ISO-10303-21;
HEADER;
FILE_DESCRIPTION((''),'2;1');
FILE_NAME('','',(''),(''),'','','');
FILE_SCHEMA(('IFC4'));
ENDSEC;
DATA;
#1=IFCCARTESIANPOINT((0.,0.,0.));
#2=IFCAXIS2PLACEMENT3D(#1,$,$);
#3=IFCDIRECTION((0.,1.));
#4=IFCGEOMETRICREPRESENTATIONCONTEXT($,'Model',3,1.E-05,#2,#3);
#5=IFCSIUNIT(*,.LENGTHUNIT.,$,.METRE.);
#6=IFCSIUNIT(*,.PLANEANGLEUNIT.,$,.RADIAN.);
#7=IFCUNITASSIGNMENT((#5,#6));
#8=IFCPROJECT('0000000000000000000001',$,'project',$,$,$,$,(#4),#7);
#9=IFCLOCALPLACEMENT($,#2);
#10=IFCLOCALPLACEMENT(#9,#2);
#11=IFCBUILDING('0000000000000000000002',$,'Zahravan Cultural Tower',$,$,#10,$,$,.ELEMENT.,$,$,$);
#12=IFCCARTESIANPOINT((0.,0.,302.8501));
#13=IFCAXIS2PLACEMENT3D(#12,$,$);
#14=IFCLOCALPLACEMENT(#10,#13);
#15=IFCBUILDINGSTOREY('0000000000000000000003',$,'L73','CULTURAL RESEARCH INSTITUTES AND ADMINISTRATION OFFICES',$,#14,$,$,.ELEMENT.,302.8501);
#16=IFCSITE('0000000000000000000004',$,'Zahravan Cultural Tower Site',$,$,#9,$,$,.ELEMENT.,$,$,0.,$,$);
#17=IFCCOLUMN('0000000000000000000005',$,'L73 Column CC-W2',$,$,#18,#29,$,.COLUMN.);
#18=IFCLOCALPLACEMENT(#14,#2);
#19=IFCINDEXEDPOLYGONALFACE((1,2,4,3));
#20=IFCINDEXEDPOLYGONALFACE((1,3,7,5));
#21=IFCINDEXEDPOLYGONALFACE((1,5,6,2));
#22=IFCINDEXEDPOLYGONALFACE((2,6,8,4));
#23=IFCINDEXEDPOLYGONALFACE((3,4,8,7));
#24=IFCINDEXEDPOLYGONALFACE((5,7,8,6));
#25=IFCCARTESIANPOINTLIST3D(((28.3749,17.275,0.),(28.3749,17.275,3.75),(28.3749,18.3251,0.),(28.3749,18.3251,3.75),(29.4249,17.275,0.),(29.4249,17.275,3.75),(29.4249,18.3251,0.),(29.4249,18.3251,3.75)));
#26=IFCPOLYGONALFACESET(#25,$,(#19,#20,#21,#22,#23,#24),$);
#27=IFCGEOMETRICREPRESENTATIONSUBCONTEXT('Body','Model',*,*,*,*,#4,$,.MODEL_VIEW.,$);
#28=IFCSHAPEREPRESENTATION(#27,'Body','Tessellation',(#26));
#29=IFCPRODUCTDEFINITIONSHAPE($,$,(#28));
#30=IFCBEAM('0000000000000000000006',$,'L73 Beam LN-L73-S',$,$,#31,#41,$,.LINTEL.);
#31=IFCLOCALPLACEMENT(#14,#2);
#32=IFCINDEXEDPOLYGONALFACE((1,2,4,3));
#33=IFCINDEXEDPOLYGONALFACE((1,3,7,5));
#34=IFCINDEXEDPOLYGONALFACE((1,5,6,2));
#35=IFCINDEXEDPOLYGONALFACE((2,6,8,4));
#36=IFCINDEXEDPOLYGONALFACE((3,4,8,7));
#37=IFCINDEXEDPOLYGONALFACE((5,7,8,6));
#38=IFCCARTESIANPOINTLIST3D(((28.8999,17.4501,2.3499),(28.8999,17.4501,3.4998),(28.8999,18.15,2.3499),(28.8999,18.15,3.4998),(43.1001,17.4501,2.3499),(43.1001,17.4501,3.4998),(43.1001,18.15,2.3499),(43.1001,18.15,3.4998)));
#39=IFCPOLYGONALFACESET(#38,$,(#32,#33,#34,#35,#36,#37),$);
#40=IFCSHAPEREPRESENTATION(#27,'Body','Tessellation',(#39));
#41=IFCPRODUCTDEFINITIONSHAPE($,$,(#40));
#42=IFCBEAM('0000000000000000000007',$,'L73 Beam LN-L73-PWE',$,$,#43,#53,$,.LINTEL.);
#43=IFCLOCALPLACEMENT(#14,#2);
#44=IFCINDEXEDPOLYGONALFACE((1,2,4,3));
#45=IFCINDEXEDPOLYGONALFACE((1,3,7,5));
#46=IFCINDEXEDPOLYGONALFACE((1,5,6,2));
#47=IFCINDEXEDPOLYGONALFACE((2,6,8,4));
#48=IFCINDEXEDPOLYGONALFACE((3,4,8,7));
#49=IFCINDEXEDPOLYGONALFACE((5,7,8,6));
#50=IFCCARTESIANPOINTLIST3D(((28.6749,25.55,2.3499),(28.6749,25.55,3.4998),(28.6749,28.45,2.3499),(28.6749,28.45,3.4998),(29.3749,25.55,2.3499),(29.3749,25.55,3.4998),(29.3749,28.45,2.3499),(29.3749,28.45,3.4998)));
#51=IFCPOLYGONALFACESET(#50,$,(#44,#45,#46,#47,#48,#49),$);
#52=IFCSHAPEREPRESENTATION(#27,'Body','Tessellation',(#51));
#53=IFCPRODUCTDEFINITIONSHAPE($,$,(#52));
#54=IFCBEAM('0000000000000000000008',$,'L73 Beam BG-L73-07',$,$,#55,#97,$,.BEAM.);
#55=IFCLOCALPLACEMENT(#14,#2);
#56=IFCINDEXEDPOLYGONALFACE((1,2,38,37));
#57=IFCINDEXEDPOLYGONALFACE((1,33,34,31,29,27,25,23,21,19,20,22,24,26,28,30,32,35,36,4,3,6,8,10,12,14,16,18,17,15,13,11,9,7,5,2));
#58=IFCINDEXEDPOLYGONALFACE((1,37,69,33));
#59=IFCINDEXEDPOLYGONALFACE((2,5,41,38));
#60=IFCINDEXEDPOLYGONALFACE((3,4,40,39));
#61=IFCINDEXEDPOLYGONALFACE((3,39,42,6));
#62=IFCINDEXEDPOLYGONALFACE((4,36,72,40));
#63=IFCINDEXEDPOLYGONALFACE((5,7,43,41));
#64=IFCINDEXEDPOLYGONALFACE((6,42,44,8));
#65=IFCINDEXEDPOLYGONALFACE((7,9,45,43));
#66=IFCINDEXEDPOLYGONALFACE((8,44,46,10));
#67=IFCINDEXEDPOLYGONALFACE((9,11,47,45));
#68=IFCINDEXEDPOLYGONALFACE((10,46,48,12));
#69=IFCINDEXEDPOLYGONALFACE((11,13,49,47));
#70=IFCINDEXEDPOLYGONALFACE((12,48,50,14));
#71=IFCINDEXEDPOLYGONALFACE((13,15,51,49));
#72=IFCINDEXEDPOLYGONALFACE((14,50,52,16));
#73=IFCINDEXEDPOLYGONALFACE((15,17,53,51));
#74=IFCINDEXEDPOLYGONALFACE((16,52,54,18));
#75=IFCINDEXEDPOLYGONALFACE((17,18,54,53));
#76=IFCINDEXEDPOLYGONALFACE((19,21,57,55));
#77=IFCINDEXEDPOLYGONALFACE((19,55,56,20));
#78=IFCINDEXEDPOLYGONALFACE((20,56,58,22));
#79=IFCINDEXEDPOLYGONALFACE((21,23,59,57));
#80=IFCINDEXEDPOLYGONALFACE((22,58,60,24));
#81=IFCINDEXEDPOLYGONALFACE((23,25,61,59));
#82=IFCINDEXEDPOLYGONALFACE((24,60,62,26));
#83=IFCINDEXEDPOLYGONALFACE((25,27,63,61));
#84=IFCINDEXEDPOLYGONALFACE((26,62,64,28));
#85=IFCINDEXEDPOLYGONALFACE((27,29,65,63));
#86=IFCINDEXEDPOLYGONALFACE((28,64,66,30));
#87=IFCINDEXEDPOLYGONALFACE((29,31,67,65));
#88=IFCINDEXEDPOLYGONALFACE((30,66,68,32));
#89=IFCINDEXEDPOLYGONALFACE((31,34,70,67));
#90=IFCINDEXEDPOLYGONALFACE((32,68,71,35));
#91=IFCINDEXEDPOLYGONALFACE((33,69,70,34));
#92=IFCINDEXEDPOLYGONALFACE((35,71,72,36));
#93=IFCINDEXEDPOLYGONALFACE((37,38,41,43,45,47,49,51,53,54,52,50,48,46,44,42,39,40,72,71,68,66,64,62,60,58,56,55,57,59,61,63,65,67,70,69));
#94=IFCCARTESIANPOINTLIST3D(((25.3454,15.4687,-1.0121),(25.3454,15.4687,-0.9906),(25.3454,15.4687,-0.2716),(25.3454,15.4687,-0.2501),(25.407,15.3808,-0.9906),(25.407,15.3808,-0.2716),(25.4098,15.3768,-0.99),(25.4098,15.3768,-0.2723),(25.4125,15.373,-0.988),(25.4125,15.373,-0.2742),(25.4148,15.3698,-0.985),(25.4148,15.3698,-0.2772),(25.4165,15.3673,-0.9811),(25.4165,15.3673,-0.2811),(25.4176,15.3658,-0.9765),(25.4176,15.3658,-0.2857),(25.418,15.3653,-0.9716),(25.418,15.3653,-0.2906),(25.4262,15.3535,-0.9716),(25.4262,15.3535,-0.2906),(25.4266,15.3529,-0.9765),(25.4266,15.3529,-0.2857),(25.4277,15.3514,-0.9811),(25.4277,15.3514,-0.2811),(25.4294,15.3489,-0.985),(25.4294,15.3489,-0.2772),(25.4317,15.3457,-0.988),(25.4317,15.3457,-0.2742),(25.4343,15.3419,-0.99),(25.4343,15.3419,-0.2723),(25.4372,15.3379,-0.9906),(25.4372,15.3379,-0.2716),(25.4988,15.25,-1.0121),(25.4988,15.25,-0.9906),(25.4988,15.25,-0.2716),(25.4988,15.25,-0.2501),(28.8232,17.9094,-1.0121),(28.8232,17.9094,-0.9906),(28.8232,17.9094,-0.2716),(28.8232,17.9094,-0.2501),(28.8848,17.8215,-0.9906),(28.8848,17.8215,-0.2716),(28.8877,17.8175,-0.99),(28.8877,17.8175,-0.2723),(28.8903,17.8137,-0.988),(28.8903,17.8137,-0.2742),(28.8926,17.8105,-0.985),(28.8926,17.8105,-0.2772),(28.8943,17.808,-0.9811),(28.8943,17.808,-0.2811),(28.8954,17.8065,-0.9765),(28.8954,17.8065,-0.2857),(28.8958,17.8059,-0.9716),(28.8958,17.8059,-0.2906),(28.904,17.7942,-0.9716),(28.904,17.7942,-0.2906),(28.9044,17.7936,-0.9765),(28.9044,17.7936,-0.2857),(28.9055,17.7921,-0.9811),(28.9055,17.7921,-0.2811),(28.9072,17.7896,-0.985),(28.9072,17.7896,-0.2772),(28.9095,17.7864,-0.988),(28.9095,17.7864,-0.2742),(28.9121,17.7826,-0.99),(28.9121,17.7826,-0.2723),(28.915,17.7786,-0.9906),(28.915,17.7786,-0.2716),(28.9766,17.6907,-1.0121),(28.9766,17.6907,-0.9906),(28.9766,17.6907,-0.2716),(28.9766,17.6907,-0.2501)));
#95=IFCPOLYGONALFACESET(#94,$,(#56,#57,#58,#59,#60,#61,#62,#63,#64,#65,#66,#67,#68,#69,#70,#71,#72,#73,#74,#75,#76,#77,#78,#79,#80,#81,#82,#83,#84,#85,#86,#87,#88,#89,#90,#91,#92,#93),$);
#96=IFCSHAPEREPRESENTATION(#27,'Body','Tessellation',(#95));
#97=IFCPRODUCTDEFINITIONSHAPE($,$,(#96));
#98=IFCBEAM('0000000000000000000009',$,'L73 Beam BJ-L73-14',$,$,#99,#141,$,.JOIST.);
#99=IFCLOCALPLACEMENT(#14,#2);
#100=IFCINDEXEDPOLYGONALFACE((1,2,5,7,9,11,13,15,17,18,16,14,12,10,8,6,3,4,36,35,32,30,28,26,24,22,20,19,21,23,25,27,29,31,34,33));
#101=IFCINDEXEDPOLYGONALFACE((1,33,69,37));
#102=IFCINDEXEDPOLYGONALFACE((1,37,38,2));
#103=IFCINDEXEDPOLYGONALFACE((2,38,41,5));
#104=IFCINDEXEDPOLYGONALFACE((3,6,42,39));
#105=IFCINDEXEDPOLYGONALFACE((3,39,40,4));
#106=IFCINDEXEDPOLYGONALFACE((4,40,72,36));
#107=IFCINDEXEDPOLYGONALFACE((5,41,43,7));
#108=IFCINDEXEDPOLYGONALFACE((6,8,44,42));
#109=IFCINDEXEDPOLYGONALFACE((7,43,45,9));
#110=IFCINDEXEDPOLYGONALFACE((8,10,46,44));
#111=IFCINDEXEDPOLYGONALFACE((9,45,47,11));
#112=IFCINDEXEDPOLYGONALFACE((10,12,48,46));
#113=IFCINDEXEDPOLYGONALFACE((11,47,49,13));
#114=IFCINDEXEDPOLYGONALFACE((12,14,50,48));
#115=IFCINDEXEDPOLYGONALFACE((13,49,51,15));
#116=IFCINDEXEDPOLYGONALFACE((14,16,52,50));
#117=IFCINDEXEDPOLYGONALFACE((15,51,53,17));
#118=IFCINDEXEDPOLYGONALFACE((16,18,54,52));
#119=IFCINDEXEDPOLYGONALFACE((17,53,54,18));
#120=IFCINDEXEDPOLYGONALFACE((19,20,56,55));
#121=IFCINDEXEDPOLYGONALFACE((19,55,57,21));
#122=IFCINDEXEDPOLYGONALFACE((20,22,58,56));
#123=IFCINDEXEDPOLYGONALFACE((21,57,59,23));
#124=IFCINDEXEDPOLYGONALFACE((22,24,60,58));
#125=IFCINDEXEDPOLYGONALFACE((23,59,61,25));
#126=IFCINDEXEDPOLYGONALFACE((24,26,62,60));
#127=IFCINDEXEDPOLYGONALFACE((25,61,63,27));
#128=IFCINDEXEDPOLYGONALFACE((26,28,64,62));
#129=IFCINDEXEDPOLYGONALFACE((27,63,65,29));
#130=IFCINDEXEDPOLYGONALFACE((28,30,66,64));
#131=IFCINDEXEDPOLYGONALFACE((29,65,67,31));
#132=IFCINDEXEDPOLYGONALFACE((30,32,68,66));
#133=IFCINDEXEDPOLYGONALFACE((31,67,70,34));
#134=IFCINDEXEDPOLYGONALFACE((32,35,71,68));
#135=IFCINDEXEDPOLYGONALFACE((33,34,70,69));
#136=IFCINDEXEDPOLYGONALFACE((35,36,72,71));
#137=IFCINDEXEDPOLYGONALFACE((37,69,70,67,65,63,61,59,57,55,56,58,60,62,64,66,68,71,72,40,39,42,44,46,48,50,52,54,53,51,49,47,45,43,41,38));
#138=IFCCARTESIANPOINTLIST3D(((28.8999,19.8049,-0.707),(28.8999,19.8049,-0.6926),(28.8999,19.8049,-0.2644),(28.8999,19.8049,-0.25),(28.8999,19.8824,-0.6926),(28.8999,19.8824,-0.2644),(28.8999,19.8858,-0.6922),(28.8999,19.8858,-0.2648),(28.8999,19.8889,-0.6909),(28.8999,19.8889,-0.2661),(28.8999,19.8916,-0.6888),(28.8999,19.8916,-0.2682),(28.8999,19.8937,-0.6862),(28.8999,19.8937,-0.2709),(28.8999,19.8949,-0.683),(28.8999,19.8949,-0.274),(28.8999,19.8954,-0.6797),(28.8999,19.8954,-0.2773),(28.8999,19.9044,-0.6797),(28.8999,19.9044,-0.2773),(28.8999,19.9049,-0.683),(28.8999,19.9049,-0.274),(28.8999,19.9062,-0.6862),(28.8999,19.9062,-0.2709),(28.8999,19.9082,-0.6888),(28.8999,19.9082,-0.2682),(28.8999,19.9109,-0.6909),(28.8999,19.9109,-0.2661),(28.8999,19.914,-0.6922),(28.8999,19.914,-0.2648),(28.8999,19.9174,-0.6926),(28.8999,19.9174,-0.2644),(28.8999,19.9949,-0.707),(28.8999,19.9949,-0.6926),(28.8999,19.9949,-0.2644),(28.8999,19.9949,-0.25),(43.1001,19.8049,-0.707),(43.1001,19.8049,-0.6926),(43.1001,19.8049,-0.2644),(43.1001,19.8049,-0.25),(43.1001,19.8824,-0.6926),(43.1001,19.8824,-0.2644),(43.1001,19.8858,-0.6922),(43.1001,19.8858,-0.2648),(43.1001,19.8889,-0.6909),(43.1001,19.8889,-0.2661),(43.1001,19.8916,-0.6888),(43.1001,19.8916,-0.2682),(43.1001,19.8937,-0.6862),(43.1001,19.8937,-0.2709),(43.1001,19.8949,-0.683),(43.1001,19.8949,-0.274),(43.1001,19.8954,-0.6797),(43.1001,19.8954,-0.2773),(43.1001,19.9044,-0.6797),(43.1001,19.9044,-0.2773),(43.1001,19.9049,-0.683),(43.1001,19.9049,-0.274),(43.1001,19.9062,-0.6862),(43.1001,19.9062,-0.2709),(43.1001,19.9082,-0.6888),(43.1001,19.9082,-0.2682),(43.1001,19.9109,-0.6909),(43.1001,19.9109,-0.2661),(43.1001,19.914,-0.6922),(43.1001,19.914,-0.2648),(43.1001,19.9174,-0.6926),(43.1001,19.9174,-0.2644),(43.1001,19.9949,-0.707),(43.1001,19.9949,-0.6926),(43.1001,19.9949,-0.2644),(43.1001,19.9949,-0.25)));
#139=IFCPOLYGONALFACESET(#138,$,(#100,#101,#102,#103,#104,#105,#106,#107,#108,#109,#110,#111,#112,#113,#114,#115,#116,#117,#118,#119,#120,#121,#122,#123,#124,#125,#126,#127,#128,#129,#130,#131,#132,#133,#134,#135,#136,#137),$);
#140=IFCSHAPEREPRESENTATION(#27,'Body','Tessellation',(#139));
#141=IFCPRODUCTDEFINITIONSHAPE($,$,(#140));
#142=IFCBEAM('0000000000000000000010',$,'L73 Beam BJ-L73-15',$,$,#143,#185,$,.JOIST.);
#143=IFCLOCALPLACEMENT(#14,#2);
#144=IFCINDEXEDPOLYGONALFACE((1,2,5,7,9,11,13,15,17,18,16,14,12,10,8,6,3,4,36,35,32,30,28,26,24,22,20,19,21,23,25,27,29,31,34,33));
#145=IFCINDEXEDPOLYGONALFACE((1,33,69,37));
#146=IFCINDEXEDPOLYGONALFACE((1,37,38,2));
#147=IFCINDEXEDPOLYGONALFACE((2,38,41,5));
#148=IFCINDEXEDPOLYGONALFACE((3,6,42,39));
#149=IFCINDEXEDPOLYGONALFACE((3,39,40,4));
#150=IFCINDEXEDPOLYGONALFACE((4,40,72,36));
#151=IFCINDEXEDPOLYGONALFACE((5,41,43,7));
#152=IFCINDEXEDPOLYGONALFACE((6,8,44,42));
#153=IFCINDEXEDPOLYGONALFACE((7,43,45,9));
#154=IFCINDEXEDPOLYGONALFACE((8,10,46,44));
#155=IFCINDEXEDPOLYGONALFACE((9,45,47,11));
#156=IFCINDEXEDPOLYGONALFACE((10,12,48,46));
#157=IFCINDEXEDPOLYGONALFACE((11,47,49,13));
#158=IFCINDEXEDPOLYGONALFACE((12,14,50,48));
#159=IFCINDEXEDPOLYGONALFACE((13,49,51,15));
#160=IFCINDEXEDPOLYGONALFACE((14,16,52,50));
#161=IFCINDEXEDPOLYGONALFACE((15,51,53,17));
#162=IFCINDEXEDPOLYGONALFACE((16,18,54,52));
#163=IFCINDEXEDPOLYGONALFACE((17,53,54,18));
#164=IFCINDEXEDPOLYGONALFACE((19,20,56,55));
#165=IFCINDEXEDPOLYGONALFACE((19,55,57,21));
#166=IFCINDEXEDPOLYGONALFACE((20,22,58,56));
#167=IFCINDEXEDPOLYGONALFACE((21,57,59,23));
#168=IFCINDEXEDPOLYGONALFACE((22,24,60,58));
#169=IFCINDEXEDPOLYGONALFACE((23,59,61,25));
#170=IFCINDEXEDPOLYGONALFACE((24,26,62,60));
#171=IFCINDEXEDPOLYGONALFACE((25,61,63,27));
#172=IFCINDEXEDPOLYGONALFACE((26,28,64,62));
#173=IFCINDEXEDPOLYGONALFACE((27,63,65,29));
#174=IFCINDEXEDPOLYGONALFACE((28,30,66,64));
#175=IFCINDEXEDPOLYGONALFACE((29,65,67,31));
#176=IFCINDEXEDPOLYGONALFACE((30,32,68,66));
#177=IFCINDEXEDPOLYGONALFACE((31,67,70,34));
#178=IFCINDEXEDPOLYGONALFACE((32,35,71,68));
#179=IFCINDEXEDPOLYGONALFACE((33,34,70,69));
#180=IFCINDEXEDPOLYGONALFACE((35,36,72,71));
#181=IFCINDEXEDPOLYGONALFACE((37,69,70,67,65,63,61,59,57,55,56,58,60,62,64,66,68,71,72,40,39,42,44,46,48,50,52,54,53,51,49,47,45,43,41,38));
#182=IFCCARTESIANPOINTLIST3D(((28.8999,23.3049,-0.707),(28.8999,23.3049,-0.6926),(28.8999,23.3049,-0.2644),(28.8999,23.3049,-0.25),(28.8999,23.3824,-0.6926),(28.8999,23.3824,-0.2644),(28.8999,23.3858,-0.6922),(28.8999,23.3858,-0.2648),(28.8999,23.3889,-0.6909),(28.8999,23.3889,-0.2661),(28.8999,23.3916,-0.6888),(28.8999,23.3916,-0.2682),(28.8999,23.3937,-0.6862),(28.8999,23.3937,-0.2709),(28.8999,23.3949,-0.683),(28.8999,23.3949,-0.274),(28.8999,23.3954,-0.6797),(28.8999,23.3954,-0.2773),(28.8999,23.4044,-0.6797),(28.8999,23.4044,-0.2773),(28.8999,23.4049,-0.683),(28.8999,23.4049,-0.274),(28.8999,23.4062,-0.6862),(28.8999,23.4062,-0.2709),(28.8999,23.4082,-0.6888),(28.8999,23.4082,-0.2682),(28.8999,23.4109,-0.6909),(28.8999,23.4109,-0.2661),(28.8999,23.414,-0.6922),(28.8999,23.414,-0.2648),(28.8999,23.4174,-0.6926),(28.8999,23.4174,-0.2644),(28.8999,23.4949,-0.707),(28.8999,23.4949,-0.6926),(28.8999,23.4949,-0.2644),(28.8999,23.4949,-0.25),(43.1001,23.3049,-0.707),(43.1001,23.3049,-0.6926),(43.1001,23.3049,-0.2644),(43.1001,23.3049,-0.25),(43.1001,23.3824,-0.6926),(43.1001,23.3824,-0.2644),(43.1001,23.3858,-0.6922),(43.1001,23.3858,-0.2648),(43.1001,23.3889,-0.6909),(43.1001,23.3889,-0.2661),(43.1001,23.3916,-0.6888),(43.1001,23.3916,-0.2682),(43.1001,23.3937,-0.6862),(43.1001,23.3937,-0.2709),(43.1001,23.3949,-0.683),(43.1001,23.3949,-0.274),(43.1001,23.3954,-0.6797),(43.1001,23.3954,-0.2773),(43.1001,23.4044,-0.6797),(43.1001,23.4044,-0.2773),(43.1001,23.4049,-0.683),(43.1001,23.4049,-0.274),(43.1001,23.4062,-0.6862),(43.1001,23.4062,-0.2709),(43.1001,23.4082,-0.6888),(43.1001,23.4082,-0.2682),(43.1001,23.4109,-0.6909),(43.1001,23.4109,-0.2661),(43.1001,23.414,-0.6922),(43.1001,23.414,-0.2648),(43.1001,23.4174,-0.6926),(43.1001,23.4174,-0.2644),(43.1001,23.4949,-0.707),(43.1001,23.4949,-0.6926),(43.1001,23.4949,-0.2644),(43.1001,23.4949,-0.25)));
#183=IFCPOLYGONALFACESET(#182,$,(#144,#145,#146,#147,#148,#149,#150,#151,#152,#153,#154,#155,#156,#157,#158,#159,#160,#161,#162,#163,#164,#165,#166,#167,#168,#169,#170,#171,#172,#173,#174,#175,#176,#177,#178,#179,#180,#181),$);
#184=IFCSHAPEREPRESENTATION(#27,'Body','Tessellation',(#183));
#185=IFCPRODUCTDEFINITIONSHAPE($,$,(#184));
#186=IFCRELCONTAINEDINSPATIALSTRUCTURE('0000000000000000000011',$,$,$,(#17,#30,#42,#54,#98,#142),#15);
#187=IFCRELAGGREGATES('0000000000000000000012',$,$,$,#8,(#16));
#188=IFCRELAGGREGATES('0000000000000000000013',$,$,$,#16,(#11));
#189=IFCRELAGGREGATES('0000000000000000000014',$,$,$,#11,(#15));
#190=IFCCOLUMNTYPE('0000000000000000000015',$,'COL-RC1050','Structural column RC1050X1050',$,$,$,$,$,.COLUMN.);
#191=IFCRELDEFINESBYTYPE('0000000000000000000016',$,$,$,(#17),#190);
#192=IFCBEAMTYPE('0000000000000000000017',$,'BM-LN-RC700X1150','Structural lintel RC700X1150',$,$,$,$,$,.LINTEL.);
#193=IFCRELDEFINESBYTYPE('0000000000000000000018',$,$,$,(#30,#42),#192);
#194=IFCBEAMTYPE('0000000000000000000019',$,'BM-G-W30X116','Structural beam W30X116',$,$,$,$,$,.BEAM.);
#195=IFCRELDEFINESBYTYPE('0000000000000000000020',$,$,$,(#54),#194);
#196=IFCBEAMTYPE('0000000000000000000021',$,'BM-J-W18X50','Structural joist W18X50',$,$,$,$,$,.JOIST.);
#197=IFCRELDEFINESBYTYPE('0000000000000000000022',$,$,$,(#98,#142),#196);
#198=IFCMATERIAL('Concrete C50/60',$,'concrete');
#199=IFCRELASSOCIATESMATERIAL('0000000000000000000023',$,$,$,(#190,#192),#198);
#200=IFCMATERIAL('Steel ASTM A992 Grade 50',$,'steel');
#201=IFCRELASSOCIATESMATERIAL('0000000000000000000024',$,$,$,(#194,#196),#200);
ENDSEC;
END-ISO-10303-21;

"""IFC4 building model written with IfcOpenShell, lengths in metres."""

from ifc_helpers import new_model, si_unit, direction, frame, origin, origin_2d, place, context, subcontext, project, spatial, rectangle, i_section, extrude, source, transform, mapped, material, material_profile, profile_set, type_object, element, save


model = new_model("IFC4")

# Units and contexts
model_context = context("Model", 3, precision=1e-05, world=origin(), true_north=direction((0.0, 1.0)))
body_context = subcontext(model_context, "Body", "Model", "MODEL_VIEW")
ifc_project = project(units=[si_unit("LENGTHUNIT", "METRE"), si_unit("PLANEANGLEUNIT", "RADIAN")], contexts=[model_context])

# Site, building, storey
site_placement = place(None, origin())
site = spatial("IfcSite", under=ifc_project, at=site_placement, Name="Zahravan Cultural Tower Site", CompositionType="ELEMENT", RefElevation=0.0)
building_placement = place(site_placement, origin())
building = spatial("IfcBuilding", under=site, at=building_placement, Name="Zahravan Cultural Tower", CompositionType="ELEMENT")
storey_placement = place(building_placement, frame((0.0, 0.0, 302.8501)))
storey = spatial("IfcBuildingStorey", under=building, at=storey_placement, Name="L73", Description="CULTURAL RESEARCH INSTITUTES AND ADMINISTRATION OFFICES", CompositionType="ELEMENT", Elevation=302.8501)

# Column
ifc_material_1 = material(Name="Concrete C50/60", Category="concrete")
ifc_material_profile_1 = material_profile(ifc_material_1, rectangle(XDim=1.05, YDim=1.05, at=origin_2d()), Name="RC1050X1050")
ifc_profile_set_1 = profile_set([ifc_material_profile_1], Name="Concrete C50/60")
column_type = type_object("IfcColumnType", Name="COL-RC1050", Description="Structural column RC1050X1050", PredefinedType="COLUMN", material=ifc_profile_set_1)
shared_shape_1 = source(origin(), body_context, "Body", "SweptSolid", [
    extrude(rectangle(XDim=1.05, YDim=1.05, at=origin_2d()), origin(), (0.0, 0.0, 1.0), 3.75),
])
column_placement = place(storey_placement, frame((28.8999, 17.8, 0.0), z_axis=(0.0, 0.0, 1.0), x_axis=(1.0, 0.0, 0.0)))
element("IfcColumn", 1, at=column_placement, inside=storey, type_object=column_type, Name="L73 Column CC-W2", PredefinedType="COLUMN", context=body_context, shape_type="MappedRepresentation", body=[
    mapped(shared_shape_1, transform((0.0, 0.0, 0.0), x_axis=(1.0, 0.0, 0.0), y_axis=(0.0, 1.0, 0.0), z_axis=(0.0, 0.0, 1.0), scale=1.0)),
])

# Beams
ifc_material_profile_2 = material_profile(ifc_material_1, rectangle(XDim=0.7, YDim=1.1499, at=origin_2d()), Name="RC700X1150")
ifc_profile_set_2 = profile_set([ifc_material_profile_2], Name="Concrete C50/60")
beam_type_1 = type_object("IfcBeamType", Name="BM-LN-RC700X1150", Description="Structural lintel RC700X1150", PredefinedType="LINTEL", material=ifc_profile_set_2)
shared_shape_2 = source(origin(), body_context, "Body", "SweptSolid", [
    extrude(rectangle(XDim=0.7, YDim=1.1499, at=origin_2d()), origin(), (0.0, 0.0, 1.0), 14.2002),
])
beam_1_placement = place(storey_placement, frame((28.8999, 17.8, 2.9248), z_axis=(1.0, 0.0, 0.0), x_axis=(0.0, 1.0, 0.0)))
element("IfcBeam", 2, at=beam_1_placement, inside=storey, type_object=beam_type_1, Name="L73 Beam LN-L73-S", PredefinedType="LINTEL", context=body_context, shape_type="MappedRepresentation", body=[
    mapped(shared_shape_2, transform((0.0, 0.0, 0.0), x_axis=(1.0, 0.0, 0.0), y_axis=(0.0, 1.0, 0.0), z_axis=(0.0, 0.0, 1.0), scale=1.0)),
])
shared_shape_3 = source(origin(), body_context, "Body", "SweptSolid", [
    extrude(rectangle(XDim=0.7, YDim=1.1499, at=origin_2d()), origin(), (0.0, 0.0, 1.0), 2.8999),
])
beam_2_placement = place(storey_placement, frame((29.0249, 25.55, 2.9248), z_axis=(0.0, 1.0, 0.0), x_axis=(-1.0, 0.0, 0.0)))
element("IfcBeam", 3, at=beam_2_placement, inside=storey, type_object=beam_type_1, Name="L73 Beam LN-L73-PWE", PredefinedType="LINTEL", context=body_context, shape_type="MappedRepresentation", body=[
    mapped(shared_shape_3, transform((0.0, 0.0, 0.0), x_axis=(1.0, 0.0, 0.0), y_axis=(0.0, 1.0, 0.0), z_axis=(0.0, 0.0, 1.0), scale=1.0)),
])
ifc_material_2 = material(Name="Steel ASTM A992 Grade 50", Category="steel")
ifc_material_profile_3 = material_profile(ifc_material_2, i_section(OverallWidth=0.2671, OverallDepth=0.762, WebThickness=0.0144, FlangeThickness=0.0215, FilletRadius=0.019, at=origin_2d()), Name="W30X116")
ifc_profile_set_3 = profile_set([ifc_material_profile_3], Name="Steel ASTM A992 Grade 50")
beam_type_2 = type_object("IfcBeamType", Name="BM-G-W30X116", Description="Structural beam W30X116", PredefinedType="BEAM", material=ifc_profile_set_3)
shared_shape_4 = source(origin(), body_context, "Body", "SweptSolid", [
    extrude(i_section(OverallWidth=0.2671, OverallDepth=0.762, WebThickness=0.0144, FlangeThickness=0.0215, FilletRadius=0.019, at=origin_2d()), origin(), (0.0, 0.0, 1.0), 4.2488),
])
beam_3_placement = place(storey_placement, frame((28.8999, 17.8, -0.6311), z_axis=(-0.818543, -0.574445, 0.0), x_axis=(0.574445, -0.818543, 0.0)))
element("IfcBeam", 4, at=beam_3_placement, inside=storey, type_object=beam_type_2, Name="L73 Beam BG-L73-07", PredefinedType="BEAM", context=body_context, shape_type="MappedRepresentation", body=[
    mapped(shared_shape_4, transform((0.0, 0.0, 0.0), x_axis=(1.0, 0.0, 0.0), y_axis=(0.0, 1.0, 0.0), z_axis=(0.0, 0.0, 1.0), scale=1.0)),
])
ifc_material_profile_4 = material_profile(ifc_material_2, i_section(OverallWidth=0.1899, OverallDepth=0.457, WebThickness=0.009, FlangeThickness=0.0144, FilletRadius=0.0129, at=origin_2d()), Name="W18X50")
ifc_profile_set_4 = profile_set([ifc_material_profile_4], Name="Steel ASTM A992 Grade 50")
beam_type_3 = type_object("IfcBeamType", Name="BM-J-W18X50", Description="Structural joist W18X50", PredefinedType="JOIST", material=ifc_profile_set_4)
shared_shape_5 = source(origin(), body_context, "Body", "SweptSolid", [
    extrude(i_section(OverallWidth=0.1899, OverallDepth=0.457, WebThickness=0.009, FlangeThickness=0.0144, FilletRadius=0.0129, at=origin_2d()), origin(), (0.0, 0.0, 1.0), 14.2002),
])
for number, where, z_axis, x_axis, name in (
    (5, (28.8999, 19.8999, -0.4785), (1.0, 0.0, 0.0), (0.0, 1.0, 0.0), "L73 Beam BJ-L73-14"),
    (6, (28.8999, 23.3999, -0.4785), (1.0, 0.0, 0.0), (0.0, 1.0, 0.0), "L73 Beam BJ-L73-15"),
):
    element("IfcBeam", number, at=place(storey_placement, frame(where, z_axis=z_axis, x_axis=x_axis)), inside=storey, type_object=beam_type_3, Name=name, PredefinedType="JOIST", context=body_context, shape_type="MappedRepresentation", body=[
        mapped(shared_shape_5, transform((0.0, 0.0, 0.0), x_axis=(1.0, 0.0, 0.0), y_axis=(0.0, 1.0, 0.0), z_axis=(0.0, 0.0, 1.0), scale=1.0)),
    ])

save(model, "model.ifc")
